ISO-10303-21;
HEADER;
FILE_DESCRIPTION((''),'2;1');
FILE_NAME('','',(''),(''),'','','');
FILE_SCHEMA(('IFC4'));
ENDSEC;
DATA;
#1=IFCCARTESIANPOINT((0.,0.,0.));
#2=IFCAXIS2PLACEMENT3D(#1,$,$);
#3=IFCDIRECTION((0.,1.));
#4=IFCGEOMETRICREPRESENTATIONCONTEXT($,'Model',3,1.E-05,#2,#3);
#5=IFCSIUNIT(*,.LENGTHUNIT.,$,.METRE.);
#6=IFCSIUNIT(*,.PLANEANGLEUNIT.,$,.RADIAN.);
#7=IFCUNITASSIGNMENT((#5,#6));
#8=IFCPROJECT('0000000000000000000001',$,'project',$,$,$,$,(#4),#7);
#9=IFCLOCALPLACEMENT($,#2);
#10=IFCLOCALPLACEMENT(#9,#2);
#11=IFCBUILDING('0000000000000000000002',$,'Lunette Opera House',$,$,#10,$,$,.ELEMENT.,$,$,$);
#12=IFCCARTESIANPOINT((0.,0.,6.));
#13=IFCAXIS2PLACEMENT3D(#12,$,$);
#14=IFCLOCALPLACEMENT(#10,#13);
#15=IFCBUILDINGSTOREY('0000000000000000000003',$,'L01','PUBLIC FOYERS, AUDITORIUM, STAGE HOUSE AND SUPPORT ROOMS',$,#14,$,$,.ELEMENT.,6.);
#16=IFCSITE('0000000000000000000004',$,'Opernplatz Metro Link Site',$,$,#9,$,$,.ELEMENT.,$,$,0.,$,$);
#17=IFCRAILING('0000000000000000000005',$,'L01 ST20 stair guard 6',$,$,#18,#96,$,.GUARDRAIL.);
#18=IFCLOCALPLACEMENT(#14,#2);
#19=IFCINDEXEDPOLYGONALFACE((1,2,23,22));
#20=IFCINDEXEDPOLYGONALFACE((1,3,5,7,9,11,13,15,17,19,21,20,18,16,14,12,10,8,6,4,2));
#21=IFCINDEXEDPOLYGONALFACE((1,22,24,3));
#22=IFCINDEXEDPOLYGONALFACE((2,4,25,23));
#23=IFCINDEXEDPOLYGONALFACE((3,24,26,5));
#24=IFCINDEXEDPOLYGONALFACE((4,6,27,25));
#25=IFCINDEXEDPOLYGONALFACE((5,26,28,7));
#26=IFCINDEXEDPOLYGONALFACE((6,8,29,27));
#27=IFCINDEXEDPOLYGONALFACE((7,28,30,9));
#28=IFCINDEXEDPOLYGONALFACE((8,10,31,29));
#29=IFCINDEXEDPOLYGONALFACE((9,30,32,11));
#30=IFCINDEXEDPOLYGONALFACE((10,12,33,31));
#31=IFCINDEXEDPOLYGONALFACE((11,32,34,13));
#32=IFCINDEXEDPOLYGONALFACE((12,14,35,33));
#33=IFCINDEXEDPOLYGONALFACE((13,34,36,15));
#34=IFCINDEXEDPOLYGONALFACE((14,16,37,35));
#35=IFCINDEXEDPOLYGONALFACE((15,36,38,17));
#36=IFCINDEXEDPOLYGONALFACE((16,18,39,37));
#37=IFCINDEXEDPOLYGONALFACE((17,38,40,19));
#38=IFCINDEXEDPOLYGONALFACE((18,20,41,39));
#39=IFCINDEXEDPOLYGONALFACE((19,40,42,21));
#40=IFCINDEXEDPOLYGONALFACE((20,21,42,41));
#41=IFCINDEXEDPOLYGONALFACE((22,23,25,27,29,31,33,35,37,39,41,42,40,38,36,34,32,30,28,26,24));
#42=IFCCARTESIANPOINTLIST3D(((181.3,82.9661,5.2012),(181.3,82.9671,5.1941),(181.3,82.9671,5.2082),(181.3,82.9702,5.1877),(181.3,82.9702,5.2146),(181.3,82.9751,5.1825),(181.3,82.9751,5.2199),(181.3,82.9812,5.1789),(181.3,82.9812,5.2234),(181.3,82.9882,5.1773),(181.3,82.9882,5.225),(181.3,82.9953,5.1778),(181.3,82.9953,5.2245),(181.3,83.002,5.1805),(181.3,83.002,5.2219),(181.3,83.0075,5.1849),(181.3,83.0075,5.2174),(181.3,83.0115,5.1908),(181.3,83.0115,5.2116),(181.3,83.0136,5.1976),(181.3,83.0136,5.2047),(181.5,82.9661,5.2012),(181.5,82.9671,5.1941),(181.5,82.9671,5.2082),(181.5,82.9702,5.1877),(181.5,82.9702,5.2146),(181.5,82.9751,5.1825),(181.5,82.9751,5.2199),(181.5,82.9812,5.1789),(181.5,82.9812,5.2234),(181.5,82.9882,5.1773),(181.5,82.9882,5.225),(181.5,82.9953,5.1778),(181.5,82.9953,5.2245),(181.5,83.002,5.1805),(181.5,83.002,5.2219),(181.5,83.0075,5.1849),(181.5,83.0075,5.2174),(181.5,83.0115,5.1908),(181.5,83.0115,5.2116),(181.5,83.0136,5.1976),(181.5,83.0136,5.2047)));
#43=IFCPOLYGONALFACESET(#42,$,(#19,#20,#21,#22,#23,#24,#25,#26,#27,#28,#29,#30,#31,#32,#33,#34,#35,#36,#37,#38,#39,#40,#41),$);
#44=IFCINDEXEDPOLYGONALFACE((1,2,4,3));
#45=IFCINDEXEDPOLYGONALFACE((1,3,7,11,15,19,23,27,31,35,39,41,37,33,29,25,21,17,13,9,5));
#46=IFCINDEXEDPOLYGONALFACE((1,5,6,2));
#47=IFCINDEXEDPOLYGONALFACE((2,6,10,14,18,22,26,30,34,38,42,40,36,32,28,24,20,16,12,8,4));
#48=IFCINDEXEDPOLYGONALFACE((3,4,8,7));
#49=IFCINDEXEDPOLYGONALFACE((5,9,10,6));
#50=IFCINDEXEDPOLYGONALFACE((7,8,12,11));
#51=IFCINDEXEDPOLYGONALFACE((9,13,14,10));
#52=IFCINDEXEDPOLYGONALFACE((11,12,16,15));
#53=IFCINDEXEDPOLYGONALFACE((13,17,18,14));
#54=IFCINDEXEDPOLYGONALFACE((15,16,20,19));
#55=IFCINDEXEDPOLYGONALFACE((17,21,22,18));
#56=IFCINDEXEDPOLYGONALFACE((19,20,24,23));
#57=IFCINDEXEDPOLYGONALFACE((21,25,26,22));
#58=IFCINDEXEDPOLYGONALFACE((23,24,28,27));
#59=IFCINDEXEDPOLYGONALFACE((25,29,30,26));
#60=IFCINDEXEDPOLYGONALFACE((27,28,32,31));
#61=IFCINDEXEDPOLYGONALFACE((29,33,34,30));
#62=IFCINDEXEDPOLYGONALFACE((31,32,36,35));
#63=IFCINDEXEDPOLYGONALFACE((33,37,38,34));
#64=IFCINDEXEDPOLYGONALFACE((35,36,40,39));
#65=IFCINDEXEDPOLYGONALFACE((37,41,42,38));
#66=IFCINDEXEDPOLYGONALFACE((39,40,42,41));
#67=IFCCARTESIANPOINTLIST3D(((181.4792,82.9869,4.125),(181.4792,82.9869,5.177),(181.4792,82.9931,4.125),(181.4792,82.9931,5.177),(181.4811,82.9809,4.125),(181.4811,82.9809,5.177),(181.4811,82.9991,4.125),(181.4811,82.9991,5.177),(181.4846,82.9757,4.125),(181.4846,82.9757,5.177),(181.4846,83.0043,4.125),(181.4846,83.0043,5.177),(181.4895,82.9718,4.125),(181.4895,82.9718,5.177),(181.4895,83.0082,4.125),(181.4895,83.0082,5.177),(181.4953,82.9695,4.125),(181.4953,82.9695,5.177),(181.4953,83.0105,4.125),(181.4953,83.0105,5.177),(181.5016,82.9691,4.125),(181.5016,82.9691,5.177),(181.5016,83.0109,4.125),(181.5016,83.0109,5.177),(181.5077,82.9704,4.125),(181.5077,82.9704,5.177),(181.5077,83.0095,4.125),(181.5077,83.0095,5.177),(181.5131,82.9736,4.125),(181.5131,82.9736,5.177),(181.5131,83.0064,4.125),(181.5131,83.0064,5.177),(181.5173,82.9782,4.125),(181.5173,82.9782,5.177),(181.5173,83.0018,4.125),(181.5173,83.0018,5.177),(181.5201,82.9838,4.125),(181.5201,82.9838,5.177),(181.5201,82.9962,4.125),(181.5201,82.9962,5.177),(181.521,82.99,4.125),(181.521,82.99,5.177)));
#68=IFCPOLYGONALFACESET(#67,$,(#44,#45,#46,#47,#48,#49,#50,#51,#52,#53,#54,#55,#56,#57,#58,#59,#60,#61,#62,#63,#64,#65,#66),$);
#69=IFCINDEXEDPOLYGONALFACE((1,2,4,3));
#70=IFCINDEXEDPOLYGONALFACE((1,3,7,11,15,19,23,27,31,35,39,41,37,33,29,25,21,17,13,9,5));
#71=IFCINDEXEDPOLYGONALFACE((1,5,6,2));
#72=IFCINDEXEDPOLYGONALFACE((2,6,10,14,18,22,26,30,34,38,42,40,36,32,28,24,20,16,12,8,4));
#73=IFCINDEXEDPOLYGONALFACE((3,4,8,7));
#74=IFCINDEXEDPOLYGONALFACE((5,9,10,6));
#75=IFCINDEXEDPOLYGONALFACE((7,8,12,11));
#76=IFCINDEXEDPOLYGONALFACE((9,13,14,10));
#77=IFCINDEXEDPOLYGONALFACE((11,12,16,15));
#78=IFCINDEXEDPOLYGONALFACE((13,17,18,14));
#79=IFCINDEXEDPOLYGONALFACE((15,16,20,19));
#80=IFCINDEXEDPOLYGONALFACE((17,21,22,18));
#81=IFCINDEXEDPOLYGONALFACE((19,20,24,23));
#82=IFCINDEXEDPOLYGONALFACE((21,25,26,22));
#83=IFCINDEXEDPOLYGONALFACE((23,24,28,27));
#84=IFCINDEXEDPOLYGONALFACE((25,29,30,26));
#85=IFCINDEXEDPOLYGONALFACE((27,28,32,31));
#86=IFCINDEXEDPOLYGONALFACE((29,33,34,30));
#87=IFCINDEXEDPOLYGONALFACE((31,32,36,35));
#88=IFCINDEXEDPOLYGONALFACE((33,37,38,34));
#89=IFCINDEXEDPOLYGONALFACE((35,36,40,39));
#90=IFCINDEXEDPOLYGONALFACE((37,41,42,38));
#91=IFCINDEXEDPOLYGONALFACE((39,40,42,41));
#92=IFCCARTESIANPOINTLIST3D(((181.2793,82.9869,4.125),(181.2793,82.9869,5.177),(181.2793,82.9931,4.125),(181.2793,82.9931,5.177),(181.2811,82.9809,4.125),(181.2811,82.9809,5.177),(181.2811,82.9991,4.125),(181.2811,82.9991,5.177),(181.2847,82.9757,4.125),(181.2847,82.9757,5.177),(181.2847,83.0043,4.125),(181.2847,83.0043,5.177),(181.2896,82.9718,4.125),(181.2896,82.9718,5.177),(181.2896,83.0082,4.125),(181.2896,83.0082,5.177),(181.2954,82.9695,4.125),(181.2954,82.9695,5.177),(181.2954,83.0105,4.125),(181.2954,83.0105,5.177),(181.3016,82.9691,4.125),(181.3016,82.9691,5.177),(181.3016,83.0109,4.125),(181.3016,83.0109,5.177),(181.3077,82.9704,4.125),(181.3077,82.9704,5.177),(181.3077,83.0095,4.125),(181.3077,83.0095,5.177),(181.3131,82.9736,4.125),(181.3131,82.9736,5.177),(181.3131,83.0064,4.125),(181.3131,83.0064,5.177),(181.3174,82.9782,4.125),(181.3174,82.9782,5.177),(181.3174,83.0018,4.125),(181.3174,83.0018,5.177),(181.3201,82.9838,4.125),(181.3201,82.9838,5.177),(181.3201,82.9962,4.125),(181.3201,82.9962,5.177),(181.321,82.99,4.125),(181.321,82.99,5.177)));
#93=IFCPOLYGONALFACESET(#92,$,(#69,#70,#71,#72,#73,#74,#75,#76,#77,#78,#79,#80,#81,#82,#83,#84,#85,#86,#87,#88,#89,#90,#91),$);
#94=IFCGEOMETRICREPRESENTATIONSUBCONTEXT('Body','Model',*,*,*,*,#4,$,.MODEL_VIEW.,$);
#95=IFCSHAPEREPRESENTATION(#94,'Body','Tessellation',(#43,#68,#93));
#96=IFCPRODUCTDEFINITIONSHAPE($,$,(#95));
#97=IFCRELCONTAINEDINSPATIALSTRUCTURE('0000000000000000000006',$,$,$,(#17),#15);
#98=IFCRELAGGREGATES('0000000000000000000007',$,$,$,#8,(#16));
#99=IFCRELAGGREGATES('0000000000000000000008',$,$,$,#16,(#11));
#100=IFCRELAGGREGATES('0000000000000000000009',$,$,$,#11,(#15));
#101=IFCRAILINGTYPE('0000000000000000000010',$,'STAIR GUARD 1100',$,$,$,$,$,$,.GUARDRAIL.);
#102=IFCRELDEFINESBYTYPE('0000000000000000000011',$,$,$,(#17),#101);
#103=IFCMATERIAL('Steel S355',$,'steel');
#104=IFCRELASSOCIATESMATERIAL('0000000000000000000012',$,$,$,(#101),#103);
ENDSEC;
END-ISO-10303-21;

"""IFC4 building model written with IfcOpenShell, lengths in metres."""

from ifc_helpers import new_model, si_unit, direction, frame, origin, origin_2d, place, context, subcontext, project, spatial, circle, extrude, material, type_object, element, save


model = new_model("IFC4")

# Units and contexts
model_context = context("Model", 3, precision=1e-05, world=origin(), true_north=direction((0.0, 1.0)))
body_context = subcontext(model_context, "Body", "Model", "MODEL_VIEW")
ifc_project = project(units=[si_unit("LENGTHUNIT", "METRE"), si_unit("PLANEANGLEUNIT", "RADIAN")], contexts=[model_context])

# Site, building, storey
site_placement = place(None, origin())
site = spatial("IfcSite", under=ifc_project, at=site_placement, Name="Opernplatz Metro Link Site", CompositionType="ELEMENT", RefElevation=0.0)
building_placement = place(site_placement, origin())
building = spatial("IfcBuilding", under=site, at=building_placement, Name="Lunette Opera House", CompositionType="ELEMENT")
storey_placement = place(building_placement, frame((0.0, 0.0, 6.0)))
storey = spatial("IfcBuildingStorey", under=building, at=storey_placement, Name="L01", Description="PUBLIC FOYERS, AUDITORIUM, STAGE HOUSE AND SUPPORT ROOMS", CompositionType="ELEMENT", Elevation=6.0)

# Railing
ifc_material_1 = material(Name="Steel S355", Category="steel")
railing_type_1 = type_object("IfcRailingType", Name="STAIR GUARD 1100", PredefinedType="GUARDRAIL", material=ifc_material_1)
railing_1_placement = place(storey_placement, frame((181.5, 82.99, 4.125)))
element("IfcRailing", 1, at=railing_1_placement, inside=storey, type_object=railing_type_1, Name="L01 ST20 stair guard 6", PredefinedType="GUARDRAIL", context=body_context, shape_type="SweptSolid", body=[
    extrude(circle(Radius=0.0239, at=origin_2d()), frame((0.0, 0.0, 1.0762), z_axis=(-1.0, 0.0, 0.0), x_axis=(0.0, -1.0, 0.0)), (0.0, 0.0, 1.0), 0.2),
    extrude(circle(Radius=0.021, at=origin_2d()), origin(), (0.0, 0.0, 1.0), 1.052),
    extrude(circle(Radius=0.021, at=origin_2d()), frame((-0.2, 0.0, 0.0)), (0.0, 0.0, 1.0), 1.052),
])

save(model, "model.ifc")
